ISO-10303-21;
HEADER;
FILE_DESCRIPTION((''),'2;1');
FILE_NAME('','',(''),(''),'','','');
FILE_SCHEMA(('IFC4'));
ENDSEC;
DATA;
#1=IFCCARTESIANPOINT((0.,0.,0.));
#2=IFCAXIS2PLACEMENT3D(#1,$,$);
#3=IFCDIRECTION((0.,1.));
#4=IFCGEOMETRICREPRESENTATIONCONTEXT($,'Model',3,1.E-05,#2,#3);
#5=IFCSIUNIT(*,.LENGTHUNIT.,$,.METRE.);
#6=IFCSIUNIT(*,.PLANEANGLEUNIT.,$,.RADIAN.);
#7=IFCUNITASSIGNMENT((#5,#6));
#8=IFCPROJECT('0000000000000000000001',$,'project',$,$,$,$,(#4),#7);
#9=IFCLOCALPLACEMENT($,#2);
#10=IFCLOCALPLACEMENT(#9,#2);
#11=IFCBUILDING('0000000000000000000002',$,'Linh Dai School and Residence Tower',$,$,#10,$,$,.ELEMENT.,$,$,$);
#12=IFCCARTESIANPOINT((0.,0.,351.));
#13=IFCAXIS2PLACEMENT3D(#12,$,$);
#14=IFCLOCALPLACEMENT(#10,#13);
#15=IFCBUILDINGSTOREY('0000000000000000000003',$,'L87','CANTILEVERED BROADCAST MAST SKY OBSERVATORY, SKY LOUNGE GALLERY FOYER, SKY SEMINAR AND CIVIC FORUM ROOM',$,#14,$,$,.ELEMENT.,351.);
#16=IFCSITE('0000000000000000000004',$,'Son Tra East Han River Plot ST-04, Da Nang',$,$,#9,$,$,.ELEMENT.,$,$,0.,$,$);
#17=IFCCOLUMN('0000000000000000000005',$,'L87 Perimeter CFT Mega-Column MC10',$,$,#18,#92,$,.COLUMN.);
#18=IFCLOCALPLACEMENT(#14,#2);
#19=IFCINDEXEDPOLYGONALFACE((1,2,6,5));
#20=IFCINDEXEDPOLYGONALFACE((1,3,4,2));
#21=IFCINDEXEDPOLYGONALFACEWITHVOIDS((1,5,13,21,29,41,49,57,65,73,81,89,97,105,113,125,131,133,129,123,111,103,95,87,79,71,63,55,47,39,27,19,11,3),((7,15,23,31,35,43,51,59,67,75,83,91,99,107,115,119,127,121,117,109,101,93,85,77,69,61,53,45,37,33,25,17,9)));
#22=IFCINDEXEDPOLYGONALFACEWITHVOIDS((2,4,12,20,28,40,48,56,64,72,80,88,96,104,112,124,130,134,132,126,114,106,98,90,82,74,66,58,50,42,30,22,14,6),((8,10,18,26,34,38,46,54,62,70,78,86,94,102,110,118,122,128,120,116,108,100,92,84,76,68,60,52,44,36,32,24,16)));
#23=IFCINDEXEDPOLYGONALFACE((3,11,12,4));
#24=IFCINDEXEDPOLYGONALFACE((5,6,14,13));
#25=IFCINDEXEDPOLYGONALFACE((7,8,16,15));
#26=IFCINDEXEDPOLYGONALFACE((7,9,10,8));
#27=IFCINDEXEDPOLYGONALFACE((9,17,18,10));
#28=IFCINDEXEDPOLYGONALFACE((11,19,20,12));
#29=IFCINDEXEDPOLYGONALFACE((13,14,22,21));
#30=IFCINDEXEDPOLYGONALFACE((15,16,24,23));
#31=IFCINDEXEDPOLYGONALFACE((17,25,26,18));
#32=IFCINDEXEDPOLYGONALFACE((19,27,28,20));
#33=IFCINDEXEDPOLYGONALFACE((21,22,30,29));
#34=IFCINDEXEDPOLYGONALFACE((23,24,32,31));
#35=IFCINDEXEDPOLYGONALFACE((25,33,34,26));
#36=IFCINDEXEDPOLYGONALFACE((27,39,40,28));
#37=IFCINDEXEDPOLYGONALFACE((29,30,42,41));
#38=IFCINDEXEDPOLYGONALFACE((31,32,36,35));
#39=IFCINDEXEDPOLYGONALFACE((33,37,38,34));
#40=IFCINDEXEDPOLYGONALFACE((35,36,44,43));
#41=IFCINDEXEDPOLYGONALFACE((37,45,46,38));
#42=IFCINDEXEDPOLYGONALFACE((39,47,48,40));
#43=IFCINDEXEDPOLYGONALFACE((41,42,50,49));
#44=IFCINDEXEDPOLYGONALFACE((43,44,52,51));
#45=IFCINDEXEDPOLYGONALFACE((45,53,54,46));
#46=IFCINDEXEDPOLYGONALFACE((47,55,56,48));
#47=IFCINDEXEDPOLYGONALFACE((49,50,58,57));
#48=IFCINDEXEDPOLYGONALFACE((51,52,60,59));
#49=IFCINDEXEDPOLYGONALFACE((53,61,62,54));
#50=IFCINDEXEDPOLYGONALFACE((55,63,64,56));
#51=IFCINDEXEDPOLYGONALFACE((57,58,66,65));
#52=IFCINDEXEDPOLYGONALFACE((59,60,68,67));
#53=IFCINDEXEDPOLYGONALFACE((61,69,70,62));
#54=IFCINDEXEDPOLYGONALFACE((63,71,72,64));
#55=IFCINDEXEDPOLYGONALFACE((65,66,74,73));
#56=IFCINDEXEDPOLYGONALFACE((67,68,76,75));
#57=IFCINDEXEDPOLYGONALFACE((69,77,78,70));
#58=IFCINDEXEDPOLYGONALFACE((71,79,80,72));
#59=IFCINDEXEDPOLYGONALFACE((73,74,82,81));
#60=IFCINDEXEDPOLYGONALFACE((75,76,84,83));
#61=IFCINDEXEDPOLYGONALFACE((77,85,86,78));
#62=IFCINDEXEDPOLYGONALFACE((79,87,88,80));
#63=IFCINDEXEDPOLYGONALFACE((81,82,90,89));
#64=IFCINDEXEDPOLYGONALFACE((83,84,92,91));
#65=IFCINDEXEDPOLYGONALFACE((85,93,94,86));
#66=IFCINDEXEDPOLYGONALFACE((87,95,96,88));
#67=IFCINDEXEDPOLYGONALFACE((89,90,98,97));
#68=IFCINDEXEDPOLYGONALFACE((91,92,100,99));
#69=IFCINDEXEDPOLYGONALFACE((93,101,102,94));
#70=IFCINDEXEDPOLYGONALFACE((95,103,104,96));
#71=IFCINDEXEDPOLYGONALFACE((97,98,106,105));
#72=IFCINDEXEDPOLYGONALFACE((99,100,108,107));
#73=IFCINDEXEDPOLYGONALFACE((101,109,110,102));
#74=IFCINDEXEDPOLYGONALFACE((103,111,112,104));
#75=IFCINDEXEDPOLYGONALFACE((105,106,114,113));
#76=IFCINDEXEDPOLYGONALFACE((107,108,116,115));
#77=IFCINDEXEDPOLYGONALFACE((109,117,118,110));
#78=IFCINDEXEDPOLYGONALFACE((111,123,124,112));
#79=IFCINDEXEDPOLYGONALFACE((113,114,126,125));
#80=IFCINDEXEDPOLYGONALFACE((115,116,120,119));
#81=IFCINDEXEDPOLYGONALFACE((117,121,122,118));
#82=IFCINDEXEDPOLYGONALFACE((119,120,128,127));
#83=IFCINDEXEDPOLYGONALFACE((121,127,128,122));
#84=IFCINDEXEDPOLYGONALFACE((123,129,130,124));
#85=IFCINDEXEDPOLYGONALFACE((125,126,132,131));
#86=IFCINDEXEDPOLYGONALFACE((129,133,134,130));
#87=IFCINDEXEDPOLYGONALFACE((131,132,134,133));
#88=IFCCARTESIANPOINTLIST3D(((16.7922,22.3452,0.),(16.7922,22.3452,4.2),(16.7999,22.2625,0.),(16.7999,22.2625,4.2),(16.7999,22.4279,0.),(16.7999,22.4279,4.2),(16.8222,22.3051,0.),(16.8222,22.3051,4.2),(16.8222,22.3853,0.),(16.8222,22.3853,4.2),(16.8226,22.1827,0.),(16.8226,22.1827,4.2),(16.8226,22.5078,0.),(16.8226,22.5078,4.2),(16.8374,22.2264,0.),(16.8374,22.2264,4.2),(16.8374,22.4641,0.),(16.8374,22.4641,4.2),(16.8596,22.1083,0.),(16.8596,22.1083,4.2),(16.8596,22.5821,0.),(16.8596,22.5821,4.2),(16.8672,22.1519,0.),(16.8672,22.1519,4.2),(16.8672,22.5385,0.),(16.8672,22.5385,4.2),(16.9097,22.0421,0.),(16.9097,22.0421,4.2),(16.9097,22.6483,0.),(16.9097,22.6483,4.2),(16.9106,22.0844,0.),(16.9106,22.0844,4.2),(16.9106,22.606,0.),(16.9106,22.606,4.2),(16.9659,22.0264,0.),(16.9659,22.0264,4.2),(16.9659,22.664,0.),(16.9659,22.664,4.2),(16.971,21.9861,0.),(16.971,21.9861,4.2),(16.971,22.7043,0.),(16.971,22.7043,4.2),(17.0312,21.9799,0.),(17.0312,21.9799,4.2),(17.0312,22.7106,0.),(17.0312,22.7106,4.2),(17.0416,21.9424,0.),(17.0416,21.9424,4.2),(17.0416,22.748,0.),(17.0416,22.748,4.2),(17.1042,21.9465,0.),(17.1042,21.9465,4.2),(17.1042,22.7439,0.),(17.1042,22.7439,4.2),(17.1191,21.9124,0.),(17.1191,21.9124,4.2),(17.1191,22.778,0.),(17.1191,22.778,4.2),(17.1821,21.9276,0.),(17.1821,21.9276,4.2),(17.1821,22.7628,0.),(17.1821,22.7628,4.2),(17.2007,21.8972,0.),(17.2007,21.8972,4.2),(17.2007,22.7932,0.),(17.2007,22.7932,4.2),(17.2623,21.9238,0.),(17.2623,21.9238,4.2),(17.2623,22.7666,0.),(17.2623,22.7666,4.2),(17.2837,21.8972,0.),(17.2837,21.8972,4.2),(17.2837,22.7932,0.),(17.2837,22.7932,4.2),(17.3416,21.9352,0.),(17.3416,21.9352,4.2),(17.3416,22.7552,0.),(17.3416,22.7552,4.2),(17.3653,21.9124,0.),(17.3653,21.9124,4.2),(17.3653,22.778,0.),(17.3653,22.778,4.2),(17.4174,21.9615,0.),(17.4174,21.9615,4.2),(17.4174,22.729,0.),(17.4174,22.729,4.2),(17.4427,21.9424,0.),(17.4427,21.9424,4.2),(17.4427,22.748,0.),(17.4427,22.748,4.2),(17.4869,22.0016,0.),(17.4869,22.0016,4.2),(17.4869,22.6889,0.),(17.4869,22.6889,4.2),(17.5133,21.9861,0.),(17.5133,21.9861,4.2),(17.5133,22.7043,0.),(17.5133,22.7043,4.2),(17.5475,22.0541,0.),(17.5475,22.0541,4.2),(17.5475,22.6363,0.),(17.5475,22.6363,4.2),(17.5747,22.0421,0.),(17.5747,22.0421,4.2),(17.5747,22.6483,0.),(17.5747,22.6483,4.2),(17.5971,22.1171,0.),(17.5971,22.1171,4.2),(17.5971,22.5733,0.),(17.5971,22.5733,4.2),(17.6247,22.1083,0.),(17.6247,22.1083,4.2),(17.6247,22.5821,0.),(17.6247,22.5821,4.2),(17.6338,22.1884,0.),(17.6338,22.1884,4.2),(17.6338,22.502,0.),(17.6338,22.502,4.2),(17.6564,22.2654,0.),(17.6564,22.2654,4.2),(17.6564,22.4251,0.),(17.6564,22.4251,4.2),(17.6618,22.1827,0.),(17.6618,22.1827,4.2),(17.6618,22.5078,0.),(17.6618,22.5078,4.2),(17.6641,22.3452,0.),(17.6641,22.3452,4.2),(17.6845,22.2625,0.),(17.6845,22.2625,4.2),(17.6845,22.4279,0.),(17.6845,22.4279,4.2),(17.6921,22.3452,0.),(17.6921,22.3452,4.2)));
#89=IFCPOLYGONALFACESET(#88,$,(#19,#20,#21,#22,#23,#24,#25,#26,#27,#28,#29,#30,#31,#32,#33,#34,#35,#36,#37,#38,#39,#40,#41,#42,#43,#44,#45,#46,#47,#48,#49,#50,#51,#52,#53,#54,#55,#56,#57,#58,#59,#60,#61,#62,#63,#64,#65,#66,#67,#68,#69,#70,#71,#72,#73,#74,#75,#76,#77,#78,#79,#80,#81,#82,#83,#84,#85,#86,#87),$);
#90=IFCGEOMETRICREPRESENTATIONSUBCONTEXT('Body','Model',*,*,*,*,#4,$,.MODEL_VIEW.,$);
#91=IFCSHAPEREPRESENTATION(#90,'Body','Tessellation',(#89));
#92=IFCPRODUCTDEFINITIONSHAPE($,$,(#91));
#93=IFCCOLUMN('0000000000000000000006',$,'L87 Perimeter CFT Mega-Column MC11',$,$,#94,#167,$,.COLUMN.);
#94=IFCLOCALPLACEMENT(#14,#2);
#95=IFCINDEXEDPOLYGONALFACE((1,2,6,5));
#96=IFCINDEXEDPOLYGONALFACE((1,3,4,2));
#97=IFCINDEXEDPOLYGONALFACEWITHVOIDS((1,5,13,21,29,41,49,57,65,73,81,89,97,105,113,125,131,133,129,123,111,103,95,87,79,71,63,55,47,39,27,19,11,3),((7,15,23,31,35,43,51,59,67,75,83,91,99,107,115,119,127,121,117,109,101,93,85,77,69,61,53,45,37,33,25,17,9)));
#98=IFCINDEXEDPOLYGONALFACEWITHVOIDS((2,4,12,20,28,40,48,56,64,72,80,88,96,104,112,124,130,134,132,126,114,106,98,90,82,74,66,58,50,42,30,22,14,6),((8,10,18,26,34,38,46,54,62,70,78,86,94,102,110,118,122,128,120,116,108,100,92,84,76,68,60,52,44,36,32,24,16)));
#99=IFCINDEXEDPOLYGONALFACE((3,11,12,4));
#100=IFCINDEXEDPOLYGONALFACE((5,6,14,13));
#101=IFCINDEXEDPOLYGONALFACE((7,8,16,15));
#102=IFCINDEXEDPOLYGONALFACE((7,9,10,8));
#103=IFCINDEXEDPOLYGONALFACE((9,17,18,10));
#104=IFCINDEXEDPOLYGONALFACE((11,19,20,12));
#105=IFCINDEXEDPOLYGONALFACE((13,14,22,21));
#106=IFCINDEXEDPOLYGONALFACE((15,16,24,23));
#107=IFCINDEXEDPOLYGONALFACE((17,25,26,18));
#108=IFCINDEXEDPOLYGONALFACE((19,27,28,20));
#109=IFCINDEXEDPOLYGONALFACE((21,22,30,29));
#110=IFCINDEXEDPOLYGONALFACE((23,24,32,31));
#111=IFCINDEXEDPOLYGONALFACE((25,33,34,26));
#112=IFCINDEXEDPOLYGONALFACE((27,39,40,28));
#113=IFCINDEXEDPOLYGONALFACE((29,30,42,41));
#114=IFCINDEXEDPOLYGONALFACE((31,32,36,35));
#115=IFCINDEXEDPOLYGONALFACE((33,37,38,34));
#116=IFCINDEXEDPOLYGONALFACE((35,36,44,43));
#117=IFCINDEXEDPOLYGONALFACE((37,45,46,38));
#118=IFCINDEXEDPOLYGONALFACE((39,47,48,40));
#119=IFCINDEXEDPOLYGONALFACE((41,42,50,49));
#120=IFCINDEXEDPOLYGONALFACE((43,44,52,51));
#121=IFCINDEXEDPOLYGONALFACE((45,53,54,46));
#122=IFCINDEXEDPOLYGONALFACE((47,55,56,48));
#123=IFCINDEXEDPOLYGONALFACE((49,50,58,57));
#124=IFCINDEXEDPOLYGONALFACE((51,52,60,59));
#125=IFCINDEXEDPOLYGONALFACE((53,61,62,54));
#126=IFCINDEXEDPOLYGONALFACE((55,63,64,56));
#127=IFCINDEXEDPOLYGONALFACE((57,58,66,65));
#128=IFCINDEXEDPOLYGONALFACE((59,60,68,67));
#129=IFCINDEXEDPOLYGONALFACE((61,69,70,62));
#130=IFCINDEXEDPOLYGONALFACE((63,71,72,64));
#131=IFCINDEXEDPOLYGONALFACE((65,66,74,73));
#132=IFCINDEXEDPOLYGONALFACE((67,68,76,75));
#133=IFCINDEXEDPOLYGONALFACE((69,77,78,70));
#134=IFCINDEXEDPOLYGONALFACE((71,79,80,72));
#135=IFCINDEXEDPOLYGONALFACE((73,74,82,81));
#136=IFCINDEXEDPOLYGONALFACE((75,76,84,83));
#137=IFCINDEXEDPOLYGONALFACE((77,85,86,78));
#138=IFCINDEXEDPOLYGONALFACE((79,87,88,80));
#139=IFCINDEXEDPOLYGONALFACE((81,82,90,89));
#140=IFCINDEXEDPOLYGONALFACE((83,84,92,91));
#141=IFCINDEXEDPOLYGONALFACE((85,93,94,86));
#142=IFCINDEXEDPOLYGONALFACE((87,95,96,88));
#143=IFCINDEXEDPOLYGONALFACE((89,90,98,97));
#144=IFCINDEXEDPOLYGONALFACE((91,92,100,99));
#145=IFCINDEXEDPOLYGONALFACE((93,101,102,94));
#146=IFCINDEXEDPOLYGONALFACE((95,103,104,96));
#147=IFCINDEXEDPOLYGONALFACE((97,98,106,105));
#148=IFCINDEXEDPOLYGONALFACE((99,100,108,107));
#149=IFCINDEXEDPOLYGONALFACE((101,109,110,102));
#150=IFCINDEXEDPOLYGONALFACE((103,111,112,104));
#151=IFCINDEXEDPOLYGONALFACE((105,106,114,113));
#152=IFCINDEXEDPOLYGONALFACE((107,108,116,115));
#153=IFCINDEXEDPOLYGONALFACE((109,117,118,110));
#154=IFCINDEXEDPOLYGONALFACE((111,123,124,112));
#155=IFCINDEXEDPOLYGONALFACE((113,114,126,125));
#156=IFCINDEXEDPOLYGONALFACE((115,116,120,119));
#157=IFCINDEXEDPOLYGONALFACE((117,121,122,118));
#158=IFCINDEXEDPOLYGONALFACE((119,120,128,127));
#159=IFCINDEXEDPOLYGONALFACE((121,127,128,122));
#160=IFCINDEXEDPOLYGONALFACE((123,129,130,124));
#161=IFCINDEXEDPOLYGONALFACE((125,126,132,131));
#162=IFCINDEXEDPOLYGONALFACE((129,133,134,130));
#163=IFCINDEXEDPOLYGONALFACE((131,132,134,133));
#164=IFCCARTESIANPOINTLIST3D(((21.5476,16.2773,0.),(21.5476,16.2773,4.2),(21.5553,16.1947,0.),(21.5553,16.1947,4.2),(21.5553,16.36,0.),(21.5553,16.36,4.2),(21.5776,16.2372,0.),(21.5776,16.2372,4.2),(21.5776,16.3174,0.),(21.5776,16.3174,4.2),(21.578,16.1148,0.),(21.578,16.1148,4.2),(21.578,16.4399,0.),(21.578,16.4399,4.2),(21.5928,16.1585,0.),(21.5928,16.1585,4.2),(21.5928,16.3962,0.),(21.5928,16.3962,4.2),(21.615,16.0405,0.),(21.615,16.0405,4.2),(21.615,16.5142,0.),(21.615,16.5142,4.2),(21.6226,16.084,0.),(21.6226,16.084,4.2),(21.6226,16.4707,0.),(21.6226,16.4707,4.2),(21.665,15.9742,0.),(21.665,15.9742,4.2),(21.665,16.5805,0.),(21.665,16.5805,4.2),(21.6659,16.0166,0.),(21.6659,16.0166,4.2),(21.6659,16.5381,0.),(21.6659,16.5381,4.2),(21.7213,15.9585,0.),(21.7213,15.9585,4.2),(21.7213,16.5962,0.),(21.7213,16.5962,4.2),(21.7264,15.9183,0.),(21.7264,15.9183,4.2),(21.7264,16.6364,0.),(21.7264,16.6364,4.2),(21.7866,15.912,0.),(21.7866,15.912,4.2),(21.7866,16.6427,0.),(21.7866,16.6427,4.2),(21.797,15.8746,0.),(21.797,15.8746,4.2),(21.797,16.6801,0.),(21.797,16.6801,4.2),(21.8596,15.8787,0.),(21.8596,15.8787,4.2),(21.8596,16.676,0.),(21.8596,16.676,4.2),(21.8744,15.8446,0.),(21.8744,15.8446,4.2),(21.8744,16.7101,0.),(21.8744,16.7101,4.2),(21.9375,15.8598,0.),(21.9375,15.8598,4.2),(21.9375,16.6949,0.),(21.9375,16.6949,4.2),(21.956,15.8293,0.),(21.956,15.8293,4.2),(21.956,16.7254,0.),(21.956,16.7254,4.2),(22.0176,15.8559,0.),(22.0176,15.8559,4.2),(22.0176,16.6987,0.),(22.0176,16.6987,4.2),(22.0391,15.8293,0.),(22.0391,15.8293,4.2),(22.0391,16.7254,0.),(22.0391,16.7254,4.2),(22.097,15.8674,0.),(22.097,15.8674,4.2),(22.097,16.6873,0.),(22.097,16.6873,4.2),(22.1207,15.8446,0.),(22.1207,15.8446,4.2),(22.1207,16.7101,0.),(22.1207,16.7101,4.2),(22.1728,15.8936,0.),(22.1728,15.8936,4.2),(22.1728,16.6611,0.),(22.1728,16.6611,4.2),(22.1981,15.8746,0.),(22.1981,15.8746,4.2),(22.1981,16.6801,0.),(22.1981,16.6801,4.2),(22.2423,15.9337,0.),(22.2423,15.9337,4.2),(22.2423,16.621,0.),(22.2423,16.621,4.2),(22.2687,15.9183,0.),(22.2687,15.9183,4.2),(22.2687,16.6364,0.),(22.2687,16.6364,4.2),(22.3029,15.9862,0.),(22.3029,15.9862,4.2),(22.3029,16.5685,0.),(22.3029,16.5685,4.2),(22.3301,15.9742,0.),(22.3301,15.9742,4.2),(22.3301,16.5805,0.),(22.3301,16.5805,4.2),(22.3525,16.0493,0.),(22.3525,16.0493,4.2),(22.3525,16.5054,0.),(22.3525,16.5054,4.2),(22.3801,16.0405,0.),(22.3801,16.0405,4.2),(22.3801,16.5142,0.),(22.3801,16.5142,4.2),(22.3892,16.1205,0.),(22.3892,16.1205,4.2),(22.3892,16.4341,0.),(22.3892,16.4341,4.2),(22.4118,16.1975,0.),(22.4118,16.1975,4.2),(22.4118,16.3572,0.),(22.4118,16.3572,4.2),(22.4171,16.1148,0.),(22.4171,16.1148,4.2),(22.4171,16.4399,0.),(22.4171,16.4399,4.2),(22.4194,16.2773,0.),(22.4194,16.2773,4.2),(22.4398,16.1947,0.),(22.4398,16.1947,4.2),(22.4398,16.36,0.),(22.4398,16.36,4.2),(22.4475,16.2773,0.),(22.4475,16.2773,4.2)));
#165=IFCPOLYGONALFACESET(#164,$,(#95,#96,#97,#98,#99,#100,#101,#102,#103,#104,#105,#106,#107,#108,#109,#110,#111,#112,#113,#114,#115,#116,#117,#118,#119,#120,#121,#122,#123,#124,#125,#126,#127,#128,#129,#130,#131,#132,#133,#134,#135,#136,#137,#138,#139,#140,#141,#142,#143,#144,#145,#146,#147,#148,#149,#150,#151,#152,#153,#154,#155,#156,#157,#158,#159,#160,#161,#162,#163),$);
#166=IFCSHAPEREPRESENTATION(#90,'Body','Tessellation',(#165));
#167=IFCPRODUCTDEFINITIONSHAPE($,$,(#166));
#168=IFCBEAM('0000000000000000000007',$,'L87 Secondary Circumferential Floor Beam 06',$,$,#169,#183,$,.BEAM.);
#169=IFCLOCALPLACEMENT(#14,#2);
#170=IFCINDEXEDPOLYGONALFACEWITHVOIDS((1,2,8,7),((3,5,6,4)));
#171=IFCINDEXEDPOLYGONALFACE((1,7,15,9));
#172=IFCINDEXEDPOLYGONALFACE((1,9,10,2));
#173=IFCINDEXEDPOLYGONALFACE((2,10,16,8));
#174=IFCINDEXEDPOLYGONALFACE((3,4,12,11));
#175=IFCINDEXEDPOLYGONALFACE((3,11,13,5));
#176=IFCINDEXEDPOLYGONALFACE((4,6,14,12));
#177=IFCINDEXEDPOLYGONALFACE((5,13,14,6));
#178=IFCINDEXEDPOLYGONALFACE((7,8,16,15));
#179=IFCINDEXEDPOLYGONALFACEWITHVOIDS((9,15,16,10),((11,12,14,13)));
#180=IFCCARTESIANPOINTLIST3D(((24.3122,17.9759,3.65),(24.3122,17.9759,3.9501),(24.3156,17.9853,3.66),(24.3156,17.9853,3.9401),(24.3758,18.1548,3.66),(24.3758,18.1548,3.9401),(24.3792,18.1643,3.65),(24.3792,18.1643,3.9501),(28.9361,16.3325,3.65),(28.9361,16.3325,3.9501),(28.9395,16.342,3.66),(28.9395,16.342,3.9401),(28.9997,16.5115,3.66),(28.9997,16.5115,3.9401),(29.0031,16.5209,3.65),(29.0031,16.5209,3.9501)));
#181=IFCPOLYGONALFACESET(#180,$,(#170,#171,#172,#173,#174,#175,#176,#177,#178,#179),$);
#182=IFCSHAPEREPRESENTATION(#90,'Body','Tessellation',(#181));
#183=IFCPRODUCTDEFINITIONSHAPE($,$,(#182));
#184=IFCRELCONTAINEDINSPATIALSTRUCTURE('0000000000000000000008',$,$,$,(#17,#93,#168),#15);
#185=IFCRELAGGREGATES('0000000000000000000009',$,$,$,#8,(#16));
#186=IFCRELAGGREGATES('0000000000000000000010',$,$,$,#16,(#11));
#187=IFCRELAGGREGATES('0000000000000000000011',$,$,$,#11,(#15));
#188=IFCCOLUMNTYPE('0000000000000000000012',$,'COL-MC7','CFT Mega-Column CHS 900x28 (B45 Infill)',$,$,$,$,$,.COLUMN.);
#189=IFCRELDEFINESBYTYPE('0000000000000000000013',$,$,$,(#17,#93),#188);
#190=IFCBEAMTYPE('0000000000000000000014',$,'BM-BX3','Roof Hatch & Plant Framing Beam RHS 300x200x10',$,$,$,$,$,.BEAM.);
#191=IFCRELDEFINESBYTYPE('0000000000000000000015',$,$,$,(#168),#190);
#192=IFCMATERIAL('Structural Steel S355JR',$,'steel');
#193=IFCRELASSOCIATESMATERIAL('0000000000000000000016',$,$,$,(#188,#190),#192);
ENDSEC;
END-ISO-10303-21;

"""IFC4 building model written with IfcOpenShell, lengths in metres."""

from ifc_helpers import new_model, si_unit, direction, frame, origin, origin_2d, place, context, subcontext, project, spatial, hollow_rectangle, hollow_circle, extrude, material, material_profile, profile_set, type_object, element, save


model = new_model("IFC4")

# Units and contexts
model_context = context("Model", 3, precision=1e-05, world=origin(), true_north=direction((0.0, 1.0)))
body_context = subcontext(model_context, "Body", "Model", "MODEL_VIEW")
ifc_project = project(units=[si_unit("LENGTHUNIT", "METRE"), si_unit("PLANEANGLEUNIT", "RADIAN")], contexts=[model_context])

# Site, building, storey
site_placement = place(None, origin())
site = spatial("IfcSite", under=ifc_project, at=site_placement, Name="Son Tra East Han River Plot ST-04, Da Nang", CompositionType="ELEMENT", RefElevation=0.0)
building_placement = place(site_placement, origin())
building = spatial("IfcBuilding", under=site, at=building_placement, Name="Linh Dai School and Residence Tower", CompositionType="ELEMENT")
storey_placement = place(building_placement, frame((0.0, 0.0, 351.0)))
storey = spatial("IfcBuildingStorey", under=building, at=storey_placement, Name="L87", Description="CANTILEVERED BROADCAST MAST SKY OBSERVATORY, SKY LOUNGE GALLERY FOYER, SKY SEMINAR AND CIVIC FORUM ROOM", CompositionType="ELEMENT", Elevation=351.0)

# Columns
ifc_material_1 = material(Name="Structural Steel S355JR", Category="steel")
ifc_material_profile_1 = material_profile(ifc_material_1, hollow_circle(Radius=0.45, WallThickness=0.0281, at=origin_2d()), Name="CHS 900x28")
ifc_profile_set_1 = profile_set([ifc_material_profile_1], Name="Structural Steel S355JR")
column_type = type_object("IfcColumnType", Name="COL-MC7", Description="CFT Mega-Column CHS 900x28 (B45 Infill)", PredefinedType="COLUMN", material=ifc_profile_set_1)
for number, where, z_axis, x_axis, name in (
    (1, (17.2422, 22.3452, 0.0), (0.0, 0.0, 1.0), (1.0, 0.0, 0.0), "L87 Perimeter CFT Mega-Column MC10"),
    (2, (21.9976, 16.2773, 0.0), (0.0, 0.0, 1.0), (1.0, 0.0, 0.0), "L87 Perimeter CFT Mega-Column MC11"),
):
    element("IfcColumn", number, at=place(storey_placement, frame(where, z_axis=z_axis, x_axis=x_axis)), inside=storey, type_object=column_type, Name=name, PredefinedType="COLUMN", context=body_context, shape_type="SweptSolid", body=[
        extrude(hollow_circle(Radius=0.45, WallThickness=0.0281, at=origin_2d()), origin(), (0.0, 0.0, 1.0), 4.2),
    ])

# Beam
ifc_material_profile_2 = material_profile(ifc_material_1, hollow_rectangle(XDim=0.2, YDim=0.3, WallThickness=0.01, at=origin_2d()), Name="RHS 300x200x10")
ifc_profile_set_2 = profile_set([ifc_material_profile_2], Name="Structural Steel S355JR")
beam_type_1 = type_object("IfcBeamType", Name="BM-BX3", Description="Roof Hatch & Plant Framing Beam RHS 300x200x10", PredefinedType="BEAM", material=ifc_profile_set_2)
beam_1_placement = place(storey_placement, frame((24.3457, 18.0701, 3.8), z_axis=(0.94226, -0.334883, 0.0), x_axis=(0.334883, 0.94226, 0.0)))
element("IfcBeam", 3, at=beam_1_placement, inside=storey, type_object=beam_type_1, Name="L87 Secondary Circumferential Floor Beam 06", PredefinedType="BEAM", context=body_context, shape_type="SweptSolid", body=[
    extrude(hollow_rectangle(XDim=0.2, YDim=0.3, WallThickness=0.01, at=origin_2d()), origin(), (0.0, 0.0, 1.0), 4.9072),
])

save(model, "model.ifc")
